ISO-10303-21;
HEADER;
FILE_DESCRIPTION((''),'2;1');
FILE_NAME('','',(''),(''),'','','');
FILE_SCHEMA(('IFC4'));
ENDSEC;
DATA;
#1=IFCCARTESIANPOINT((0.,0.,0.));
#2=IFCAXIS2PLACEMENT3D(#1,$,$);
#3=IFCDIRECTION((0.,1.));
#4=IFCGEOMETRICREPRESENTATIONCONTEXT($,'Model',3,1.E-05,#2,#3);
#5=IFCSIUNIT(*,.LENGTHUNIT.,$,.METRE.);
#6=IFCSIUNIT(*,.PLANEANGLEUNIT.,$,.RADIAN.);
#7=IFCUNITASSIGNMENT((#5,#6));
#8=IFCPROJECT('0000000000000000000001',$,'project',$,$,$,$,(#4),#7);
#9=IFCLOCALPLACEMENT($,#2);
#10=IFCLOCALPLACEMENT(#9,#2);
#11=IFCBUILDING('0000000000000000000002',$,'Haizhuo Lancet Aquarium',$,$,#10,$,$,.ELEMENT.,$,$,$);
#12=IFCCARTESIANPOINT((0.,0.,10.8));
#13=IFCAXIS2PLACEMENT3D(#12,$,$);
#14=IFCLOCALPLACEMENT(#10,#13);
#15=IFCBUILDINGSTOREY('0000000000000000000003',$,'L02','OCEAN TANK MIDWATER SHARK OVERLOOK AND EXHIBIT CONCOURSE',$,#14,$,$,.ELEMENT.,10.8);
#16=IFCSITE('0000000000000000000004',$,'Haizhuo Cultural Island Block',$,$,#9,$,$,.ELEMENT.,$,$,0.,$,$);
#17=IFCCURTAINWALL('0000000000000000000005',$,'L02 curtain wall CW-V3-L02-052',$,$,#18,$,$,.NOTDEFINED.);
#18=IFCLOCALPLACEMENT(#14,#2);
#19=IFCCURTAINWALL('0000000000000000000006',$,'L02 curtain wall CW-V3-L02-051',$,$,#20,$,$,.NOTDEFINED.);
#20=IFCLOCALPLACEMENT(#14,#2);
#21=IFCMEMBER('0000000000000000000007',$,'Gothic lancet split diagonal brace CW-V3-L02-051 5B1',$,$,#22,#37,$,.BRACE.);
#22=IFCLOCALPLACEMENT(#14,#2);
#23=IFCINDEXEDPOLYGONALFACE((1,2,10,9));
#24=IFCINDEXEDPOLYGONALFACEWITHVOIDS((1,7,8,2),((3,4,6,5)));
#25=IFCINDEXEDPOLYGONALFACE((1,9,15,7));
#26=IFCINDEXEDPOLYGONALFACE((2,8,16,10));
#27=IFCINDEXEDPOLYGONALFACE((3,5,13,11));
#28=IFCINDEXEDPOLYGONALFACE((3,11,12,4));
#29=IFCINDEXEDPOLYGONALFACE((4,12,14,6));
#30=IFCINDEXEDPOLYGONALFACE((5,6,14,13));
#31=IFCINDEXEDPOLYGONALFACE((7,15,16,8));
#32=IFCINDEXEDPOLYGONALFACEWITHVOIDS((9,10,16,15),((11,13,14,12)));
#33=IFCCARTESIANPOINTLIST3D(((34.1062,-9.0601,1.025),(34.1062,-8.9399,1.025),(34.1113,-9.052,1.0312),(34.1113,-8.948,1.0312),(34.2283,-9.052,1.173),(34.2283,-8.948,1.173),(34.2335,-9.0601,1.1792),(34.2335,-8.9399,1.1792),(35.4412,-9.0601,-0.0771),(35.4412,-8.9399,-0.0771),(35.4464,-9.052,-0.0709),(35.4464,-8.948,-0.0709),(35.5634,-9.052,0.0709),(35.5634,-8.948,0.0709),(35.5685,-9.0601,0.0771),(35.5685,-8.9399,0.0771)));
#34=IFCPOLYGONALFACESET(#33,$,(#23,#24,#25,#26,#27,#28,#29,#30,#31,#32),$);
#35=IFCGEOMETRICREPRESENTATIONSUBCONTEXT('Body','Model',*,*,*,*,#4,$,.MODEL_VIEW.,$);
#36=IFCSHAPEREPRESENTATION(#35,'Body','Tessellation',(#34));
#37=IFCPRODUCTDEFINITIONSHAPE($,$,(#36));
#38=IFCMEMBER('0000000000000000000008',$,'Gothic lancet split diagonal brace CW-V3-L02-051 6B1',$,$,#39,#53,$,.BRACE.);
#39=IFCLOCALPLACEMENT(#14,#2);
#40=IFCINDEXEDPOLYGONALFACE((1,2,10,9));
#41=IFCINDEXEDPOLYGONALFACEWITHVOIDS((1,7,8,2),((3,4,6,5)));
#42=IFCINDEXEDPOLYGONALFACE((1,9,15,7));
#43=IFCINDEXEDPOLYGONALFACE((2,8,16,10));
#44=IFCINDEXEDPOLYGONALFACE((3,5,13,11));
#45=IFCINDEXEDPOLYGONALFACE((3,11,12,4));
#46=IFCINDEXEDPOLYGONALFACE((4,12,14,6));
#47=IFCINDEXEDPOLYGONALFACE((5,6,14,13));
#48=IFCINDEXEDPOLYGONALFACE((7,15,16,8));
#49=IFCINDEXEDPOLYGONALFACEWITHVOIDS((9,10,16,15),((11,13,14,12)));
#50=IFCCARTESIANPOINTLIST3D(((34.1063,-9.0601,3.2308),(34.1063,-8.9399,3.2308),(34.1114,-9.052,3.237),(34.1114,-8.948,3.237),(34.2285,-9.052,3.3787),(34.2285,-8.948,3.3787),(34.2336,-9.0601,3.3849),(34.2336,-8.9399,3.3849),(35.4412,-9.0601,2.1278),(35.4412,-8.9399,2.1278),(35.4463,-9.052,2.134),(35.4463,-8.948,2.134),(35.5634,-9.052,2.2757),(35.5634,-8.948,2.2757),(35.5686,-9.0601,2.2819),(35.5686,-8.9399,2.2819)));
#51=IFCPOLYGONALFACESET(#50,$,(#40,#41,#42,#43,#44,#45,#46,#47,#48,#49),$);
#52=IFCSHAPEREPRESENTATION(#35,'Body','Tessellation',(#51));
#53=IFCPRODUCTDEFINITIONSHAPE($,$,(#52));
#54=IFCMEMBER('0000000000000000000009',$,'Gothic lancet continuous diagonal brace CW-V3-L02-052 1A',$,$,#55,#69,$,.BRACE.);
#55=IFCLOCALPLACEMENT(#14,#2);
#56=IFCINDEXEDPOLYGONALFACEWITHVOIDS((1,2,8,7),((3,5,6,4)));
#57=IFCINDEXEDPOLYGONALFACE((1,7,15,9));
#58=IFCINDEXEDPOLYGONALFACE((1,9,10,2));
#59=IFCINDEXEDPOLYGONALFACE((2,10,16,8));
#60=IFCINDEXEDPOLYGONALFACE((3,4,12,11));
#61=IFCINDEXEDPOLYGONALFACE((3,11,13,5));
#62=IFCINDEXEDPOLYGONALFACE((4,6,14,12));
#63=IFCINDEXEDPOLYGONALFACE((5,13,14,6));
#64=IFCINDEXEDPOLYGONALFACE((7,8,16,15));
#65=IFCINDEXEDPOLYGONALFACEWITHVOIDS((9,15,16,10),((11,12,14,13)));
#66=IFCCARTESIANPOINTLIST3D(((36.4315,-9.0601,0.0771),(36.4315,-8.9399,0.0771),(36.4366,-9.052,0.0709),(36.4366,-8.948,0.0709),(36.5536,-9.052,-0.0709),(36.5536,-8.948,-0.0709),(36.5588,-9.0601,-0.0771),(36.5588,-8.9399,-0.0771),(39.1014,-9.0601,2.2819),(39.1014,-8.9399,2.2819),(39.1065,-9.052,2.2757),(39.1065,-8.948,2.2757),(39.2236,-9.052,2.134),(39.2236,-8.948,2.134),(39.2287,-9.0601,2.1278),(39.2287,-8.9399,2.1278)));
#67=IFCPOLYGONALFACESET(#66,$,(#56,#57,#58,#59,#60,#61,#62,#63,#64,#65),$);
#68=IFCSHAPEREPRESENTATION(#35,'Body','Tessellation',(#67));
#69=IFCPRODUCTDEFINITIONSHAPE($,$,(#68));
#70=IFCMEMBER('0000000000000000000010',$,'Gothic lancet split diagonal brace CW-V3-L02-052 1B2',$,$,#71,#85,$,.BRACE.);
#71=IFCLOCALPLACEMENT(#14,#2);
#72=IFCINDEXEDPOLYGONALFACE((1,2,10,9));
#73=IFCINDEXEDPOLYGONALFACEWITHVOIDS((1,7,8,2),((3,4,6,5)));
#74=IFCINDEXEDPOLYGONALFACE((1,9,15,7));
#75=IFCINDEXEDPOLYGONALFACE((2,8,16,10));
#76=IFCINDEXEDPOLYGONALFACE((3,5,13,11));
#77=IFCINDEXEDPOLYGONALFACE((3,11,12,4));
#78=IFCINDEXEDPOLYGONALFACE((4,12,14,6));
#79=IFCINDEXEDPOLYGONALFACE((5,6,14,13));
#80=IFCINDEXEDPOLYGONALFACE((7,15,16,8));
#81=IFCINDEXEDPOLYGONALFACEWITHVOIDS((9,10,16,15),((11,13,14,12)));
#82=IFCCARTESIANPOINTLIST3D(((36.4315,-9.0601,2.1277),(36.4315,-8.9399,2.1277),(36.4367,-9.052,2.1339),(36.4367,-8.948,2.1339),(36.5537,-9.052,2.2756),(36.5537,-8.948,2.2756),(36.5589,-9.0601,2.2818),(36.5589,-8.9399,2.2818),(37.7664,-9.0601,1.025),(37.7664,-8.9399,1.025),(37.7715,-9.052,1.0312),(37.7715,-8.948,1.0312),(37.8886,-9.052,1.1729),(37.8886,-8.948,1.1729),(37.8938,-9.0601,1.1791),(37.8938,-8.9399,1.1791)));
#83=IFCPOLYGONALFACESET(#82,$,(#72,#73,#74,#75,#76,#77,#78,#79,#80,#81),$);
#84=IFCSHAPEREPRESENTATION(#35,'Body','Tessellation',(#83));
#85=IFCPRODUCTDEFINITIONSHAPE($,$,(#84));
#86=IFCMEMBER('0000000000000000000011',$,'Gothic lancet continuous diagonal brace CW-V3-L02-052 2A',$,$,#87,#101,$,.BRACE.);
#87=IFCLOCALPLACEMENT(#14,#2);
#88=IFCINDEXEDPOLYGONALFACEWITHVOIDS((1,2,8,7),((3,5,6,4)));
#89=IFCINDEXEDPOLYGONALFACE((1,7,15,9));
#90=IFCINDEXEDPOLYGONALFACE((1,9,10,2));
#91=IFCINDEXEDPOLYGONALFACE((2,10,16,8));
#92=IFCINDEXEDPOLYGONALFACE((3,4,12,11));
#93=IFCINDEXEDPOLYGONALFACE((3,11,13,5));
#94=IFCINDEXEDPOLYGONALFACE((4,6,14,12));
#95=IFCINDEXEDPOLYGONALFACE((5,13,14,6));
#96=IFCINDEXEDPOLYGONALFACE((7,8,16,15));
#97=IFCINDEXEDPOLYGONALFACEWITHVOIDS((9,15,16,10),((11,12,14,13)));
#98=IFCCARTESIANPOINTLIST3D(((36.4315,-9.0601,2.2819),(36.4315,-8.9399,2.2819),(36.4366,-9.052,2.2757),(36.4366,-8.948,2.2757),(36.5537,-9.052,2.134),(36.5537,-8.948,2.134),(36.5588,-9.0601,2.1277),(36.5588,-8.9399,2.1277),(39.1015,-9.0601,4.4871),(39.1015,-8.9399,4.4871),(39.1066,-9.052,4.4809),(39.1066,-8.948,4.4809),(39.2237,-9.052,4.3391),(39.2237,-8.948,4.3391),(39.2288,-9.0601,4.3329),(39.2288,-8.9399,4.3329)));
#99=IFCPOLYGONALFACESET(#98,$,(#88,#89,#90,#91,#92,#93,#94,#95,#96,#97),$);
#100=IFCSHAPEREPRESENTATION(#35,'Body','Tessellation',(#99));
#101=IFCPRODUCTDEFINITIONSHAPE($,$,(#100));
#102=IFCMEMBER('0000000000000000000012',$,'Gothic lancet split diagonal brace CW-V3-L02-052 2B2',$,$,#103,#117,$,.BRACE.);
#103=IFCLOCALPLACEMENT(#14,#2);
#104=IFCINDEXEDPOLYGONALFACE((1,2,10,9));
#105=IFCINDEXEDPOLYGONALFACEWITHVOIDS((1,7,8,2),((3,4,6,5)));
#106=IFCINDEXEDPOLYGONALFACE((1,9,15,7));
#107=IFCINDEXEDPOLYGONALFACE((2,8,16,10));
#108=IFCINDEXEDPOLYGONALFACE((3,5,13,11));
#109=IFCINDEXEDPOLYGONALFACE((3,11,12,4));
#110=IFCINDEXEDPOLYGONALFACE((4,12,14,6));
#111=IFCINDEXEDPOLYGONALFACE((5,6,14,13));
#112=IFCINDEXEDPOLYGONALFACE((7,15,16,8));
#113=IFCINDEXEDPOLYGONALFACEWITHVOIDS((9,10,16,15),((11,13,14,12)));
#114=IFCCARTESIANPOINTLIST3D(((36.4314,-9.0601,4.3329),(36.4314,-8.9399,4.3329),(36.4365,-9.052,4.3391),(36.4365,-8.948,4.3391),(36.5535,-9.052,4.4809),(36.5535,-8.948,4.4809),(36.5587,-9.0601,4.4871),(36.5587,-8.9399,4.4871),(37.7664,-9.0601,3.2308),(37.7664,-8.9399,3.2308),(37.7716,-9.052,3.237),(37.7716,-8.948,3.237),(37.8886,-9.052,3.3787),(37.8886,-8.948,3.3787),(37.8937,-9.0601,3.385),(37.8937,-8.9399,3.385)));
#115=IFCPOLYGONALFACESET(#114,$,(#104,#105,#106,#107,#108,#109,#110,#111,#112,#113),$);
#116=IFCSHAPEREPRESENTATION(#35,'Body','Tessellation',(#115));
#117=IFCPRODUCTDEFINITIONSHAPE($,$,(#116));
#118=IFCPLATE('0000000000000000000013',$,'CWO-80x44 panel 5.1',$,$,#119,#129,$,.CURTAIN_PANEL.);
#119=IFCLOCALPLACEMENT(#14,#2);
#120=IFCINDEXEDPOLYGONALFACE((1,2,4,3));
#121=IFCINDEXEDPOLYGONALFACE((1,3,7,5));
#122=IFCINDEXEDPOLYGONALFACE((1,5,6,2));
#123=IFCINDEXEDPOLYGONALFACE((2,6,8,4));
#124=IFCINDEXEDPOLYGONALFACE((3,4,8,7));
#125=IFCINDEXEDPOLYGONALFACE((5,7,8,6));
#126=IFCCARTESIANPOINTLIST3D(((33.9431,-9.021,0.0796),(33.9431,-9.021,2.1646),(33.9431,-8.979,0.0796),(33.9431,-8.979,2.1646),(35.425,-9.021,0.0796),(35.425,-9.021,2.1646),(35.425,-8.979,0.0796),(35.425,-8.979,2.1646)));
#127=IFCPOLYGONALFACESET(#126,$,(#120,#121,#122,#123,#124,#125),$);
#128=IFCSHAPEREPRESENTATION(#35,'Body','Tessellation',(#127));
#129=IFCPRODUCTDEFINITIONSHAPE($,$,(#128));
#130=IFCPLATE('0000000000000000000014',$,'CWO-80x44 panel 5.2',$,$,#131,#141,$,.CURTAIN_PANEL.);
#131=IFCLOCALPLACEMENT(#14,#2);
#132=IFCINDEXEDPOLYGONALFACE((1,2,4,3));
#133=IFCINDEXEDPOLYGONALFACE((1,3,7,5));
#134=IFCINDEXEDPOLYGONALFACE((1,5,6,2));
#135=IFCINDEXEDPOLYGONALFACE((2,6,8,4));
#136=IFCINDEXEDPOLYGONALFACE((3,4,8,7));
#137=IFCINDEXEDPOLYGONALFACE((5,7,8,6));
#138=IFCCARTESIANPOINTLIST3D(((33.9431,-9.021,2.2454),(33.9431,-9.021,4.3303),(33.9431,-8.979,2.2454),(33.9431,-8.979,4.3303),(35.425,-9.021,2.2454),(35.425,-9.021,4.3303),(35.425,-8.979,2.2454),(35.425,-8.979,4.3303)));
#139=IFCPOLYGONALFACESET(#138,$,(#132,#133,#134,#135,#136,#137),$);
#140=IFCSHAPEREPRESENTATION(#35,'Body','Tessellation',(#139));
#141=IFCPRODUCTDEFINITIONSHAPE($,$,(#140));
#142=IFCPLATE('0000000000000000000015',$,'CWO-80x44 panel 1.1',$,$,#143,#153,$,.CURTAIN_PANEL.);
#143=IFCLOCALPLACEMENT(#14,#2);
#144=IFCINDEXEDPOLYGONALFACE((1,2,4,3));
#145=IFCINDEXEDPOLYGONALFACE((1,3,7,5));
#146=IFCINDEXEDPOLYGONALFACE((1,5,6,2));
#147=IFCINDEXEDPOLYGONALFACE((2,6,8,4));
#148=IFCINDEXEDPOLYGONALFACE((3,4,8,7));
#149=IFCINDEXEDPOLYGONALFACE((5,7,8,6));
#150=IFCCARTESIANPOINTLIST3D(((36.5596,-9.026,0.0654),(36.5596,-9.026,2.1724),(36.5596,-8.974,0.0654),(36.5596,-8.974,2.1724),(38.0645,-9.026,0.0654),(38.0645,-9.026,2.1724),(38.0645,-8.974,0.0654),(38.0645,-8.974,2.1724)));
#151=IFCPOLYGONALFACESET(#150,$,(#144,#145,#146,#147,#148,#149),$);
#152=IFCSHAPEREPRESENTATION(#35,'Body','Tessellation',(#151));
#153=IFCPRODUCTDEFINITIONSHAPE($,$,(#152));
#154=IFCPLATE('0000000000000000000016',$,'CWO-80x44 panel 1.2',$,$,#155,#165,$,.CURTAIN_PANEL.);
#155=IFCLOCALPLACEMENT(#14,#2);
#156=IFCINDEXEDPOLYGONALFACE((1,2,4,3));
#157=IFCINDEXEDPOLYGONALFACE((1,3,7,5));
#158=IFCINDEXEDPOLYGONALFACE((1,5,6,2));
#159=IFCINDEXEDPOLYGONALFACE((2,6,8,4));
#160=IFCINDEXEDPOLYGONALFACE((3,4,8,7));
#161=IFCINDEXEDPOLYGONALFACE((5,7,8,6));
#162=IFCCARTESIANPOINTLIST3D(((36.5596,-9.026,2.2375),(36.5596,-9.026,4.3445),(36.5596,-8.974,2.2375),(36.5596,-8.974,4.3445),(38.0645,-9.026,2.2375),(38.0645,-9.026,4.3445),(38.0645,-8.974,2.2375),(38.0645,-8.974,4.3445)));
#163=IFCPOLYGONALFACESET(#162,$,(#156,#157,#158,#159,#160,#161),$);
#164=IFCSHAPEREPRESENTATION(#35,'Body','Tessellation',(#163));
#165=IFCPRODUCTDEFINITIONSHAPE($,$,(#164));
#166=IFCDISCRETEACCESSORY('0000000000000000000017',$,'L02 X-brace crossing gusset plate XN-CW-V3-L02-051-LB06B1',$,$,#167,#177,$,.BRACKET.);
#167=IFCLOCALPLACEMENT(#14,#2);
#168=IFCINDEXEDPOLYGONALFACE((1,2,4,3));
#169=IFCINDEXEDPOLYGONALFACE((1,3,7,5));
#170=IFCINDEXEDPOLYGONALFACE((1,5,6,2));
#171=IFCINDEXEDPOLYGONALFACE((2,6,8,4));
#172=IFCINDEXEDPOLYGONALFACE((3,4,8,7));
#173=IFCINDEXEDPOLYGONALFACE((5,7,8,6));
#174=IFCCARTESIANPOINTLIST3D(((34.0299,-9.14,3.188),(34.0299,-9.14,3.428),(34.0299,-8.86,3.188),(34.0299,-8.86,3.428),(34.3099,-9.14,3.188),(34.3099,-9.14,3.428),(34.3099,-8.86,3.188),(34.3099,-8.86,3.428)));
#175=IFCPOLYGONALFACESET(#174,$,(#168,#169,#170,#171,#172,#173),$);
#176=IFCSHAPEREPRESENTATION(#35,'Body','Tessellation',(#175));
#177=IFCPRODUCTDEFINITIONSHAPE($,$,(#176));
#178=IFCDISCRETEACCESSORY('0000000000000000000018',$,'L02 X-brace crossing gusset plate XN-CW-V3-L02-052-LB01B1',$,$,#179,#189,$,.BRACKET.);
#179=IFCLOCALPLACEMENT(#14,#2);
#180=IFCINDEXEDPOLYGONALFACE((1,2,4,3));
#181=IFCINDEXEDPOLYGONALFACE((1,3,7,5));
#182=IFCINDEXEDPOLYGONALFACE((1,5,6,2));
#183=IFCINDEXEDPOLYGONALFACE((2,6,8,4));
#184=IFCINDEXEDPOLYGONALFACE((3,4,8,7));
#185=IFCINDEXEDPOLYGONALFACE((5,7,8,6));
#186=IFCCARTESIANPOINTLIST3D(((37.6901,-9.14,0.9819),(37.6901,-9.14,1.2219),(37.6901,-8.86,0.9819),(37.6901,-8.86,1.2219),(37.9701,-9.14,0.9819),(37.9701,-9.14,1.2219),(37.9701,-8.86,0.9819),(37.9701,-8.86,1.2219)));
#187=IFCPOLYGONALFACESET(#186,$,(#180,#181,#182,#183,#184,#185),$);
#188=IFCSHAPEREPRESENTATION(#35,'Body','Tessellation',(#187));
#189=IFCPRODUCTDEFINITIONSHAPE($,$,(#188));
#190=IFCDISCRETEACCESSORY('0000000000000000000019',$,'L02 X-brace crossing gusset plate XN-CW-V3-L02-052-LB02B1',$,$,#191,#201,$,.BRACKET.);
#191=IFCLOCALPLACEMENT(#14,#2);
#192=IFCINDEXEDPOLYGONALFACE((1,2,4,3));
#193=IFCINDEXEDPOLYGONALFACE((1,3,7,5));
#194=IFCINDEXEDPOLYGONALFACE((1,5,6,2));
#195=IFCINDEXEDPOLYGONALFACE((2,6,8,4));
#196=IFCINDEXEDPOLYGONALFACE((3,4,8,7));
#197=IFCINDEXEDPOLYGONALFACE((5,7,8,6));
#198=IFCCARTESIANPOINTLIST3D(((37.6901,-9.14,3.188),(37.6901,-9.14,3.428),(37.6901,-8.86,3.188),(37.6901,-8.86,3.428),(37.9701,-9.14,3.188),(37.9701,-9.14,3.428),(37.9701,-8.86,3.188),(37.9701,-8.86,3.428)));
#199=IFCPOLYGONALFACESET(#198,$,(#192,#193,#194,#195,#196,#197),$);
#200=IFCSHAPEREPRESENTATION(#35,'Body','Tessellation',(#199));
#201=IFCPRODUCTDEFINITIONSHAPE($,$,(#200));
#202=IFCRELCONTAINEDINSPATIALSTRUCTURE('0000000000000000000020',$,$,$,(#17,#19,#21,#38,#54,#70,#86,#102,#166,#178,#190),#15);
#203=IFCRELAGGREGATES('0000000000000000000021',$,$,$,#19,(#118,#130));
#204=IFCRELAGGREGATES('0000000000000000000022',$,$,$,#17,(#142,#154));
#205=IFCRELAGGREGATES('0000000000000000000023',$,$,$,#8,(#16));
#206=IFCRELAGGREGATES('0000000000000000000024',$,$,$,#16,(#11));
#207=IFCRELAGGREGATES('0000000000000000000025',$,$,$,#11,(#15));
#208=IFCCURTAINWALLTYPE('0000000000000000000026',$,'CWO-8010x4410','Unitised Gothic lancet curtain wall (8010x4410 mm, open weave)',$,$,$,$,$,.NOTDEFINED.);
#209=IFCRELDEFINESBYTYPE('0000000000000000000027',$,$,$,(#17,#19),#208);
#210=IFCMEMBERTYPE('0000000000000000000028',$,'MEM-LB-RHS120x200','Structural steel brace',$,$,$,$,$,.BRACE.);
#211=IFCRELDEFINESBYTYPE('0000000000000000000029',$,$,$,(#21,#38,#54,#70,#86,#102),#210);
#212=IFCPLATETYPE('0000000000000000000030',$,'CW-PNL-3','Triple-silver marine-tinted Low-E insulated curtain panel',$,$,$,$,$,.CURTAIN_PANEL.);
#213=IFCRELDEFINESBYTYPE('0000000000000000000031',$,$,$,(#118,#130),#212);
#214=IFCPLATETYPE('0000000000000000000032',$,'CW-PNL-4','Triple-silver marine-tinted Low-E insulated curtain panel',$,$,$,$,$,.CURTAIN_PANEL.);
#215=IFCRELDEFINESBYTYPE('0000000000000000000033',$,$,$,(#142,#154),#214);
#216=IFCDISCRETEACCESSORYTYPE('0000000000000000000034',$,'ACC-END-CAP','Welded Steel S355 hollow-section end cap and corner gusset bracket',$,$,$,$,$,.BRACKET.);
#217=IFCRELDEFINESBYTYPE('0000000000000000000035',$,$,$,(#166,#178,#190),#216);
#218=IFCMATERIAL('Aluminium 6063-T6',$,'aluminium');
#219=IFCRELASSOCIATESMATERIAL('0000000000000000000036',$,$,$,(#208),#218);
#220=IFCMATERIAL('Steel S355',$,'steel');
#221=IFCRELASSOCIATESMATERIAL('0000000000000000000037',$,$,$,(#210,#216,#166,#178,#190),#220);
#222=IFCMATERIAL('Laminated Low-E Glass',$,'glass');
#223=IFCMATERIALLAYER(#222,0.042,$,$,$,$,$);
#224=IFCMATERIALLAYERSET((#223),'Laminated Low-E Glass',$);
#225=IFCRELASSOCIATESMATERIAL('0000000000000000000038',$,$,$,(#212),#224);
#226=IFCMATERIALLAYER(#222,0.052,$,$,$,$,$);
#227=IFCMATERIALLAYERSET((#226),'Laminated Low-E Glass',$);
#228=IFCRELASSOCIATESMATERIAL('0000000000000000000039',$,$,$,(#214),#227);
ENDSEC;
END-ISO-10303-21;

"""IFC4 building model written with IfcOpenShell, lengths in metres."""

from ifc_helpers import new_model, si_unit, direction, frame, origin, origin_2d, place, context, subcontext, project, spatial, rectangle, hollow_rectangle, extrude, material, layer, layer_set, material_profile, profile_set, type_object, element, aggregate, save


model = new_model("IFC4")

# Units and contexts
model_context = context("Model", 3, precision=1e-05, world=origin(), true_north=direction((0.0, 1.0)))
body_context = subcontext(model_context, "Body", "Model", "MODEL_VIEW")
ifc_project = project(units=[si_unit("LENGTHUNIT", "METRE"), si_unit("PLANEANGLEUNIT", "RADIAN")], contexts=[model_context])

# Site, building, storey
site_placement = place(None, origin())
site = spatial("IfcSite", under=ifc_project, at=site_placement, Name="Haizhuo Cultural Island Block", CompositionType="ELEMENT", RefElevation=0.0)
building_placement = place(site_placement, origin())
building = spatial("IfcBuilding", under=site, at=building_placement, Name="Haizhuo Lancet Aquarium", CompositionType="ELEMENT")
storey_placement = place(building_placement, frame((0.0, 0.0, 10.8)))
storey = spatial("IfcBuildingStorey", under=building, at=storey_placement, Name="L02", Description="OCEAN TANK MIDWATER SHARK OVERLOOK AND EXHIBIT CONCOURSE", CompositionType="ELEMENT", Elevation=10.8)

# Curtain wall
ifc_material_1 = material(Name="Aluminium 6063-T6", Category="aluminium")
curtain_wall_type = type_object("IfcCurtainWallType", Name="CWO-8010x4410", Description="Unitised Gothic lancet curtain wall (8010x4410 mm, open weave)", PredefinedType="NOTDEFINED", material=ifc_material_1)
curtain_wall_1_placement = place(storey_placement, origin())
curtain_wall_1 = element("IfcCurtainWall", 1, at=curtain_wall_1_placement, inside=storey, type_object=curtain_wall_type, Name="L02 curtain wall CW-V3-L02-052", PredefinedType="NOTDEFINED")

# Curtain wall
curtain_wall_2_placement = place(storey_placement, origin())
curtain_wall_2 = element("IfcCurtainWall", 2, at=curtain_wall_2_placement, inside=storey, type_object=curtain_wall_type, Name="L02 curtain wall CW-V3-L02-051", PredefinedType="NOTDEFINED")

# Members
ifc_material_2 = material(Name="Steel S355", Category="steel")
ifc_material_profile_1 = material_profile(ifc_material_2, hollow_rectangle(XDim=0.1201, YDim=0.2, WallThickness=0.0081, at=origin_2d()), Name="RHS 120x200x8")
ifc_profile_set_1 = profile_set([ifc_material_profile_1], Name="Steel S355")
member_type_1 = type_object("IfcMemberType", Name="MEM-LB-RHS120x200", Description="Structural steel brace", PredefinedType="BRACE", material=ifc_profile_set_1)
member_1_placement = place(storey_placement, frame((35.5049, -9.0, 0.0), z_axis=(-0.771172, 0.0, 0.636626), x_axis=(0.0, -1.0, 0.0)))
element("IfcMember", 3, at=member_1_placement, inside=storey, type_object=member_type_1, Name="Gothic lancet split diagonal brace CW-V3-L02-051 5B1", PredefinedType="BRACE", context=body_context, shape_type="SweptSolid", body=[
    extrude(hollow_rectangle(XDim=0.1201, YDim=0.2, WallThickness=0.0081, at=origin_2d()), origin(), (0.0, 0.0, 1.0), 1.7312),
])
member_2_placement = place(storey_placement, frame((35.5049, -9.0, 2.2048), z_axis=(-0.770896, 0.0, 0.636962), x_axis=(0.0, -1.0, 0.0)))
element("IfcMember", 4, at=member_2_placement, inside=storey, type_object=member_type_1, Name="Gothic lancet split diagonal brace CW-V3-L02-051 6B1", PredefinedType="BRACE", context=body_context, shape_type="SweptSolid", body=[
    extrude(hollow_rectangle(XDim=0.1201, YDim=0.2, WallThickness=0.0081, at=origin_2d()), origin(), (0.0, 0.0, 1.0), 1.7317),
])
member_3_placement = place(storey_placement, frame((36.4951, -9.0, 0.0), z_axis=(0.771069, 0.0, 0.636752), x_axis=(0.0, 1.0, 0.0)))
element("IfcMember", 5, at=member_3_placement, inside=storey, type_object=member_type_1, Name="Gothic lancet continuous diagonal brace CW-V3-L02-052 1A", PredefinedType="BRACE", context=body_context, shape_type="SweptSolid", body=[
    extrude(hollow_rectangle(XDim=0.1201, YDim=0.2, WallThickness=0.0081, at=origin_2d()), origin(), (0.0, 0.0, 1.0), 3.4626),
])
member_4_placement = place(storey_placement, frame((37.8301, -9.0, 1.1021), z_axis=(-0.770965, 0.0, 0.636878), x_axis=(0.0, -1.0, 0.0)))
element("IfcMember", 6, at=member_4_placement, inside=storey, type_object=member_type_1, Name="Gothic lancet split diagonal brace CW-V3-L02-052 1B2", PredefinedType="BRACE", context=body_context, shape_type="SweptSolid", body=[
    extrude(hollow_rectangle(XDim=0.1201, YDim=0.2, WallThickness=0.0081, at=origin_2d()), origin(), (0.0, 0.0, 1.0), 1.7314),
])
member_5_placement = place(storey_placement, frame((36.4951, -9.0, 2.2048), z_axis=(0.771034, 0.0, 0.636794), x_axis=(0.0, 1.0, 0.0)))
element("IfcMember", 7, at=member_5_placement, inside=storey, type_object=member_type_1, Name="Gothic lancet continuous diagonal brace CW-V3-L02-052 2A", PredefinedType="BRACE", context=body_context, shape_type="SweptSolid", body=[
    extrude(hollow_rectangle(XDim=0.1201, YDim=0.2, WallThickness=0.0081, at=origin_2d()), origin(), (0.0, 0.0, 1.0), 3.4629),
])
member_6_placement = place(storey_placement, frame((37.8301, -9.0, 3.3079), z_axis=(-0.771172, 0.0, 0.636626), x_axis=(0.0, -1.0, 0.0)))
element("IfcMember", 8, at=member_6_placement, inside=storey, type_object=member_type_1, Name="Gothic lancet split diagonal brace CW-V3-L02-052 2B2", PredefinedType="BRACE", context=body_context, shape_type="SweptSolid", body=[
    extrude(hollow_rectangle(XDim=0.1201, YDim=0.2, WallThickness=0.0081, at=origin_2d()), origin(), (0.0, 0.0, 1.0), 1.7312),
])

# Plates
ifc_material_3 = material(Name="Laminated Low-E Glass", Category="glass")
ifc_layer_1 = layer(ifc_material_3, 0.042)
ifc_layer_set_1 = layer_set([ifc_layer_1], Name="Laminated Low-E Glass")
plate_type_1 = type_object("IfcPlateType", Name="CW-PNL-3", Description="Triple-silver marine-tinted Low-E insulated curtain panel", PredefinedType="CURTAIN_PANEL", material=ifc_layer_set_1)
plate_1_placement = place(storey_placement, frame((34.6841, -9.0, 0.0796), z_axis=(0.0, 0.0, 1.0), x_axis=(1.0, 0.0, 0.0)))
plate_1 = element("IfcPlate", 9, at=plate_1_placement, type_object=plate_type_1, Name="CWO-80x44 panel 5.1", PredefinedType="CURTAIN_PANEL", context=body_context, shape_type="SweptSolid", body=[
    extrude(rectangle(XDim=1.4819, YDim=0.042, at=origin_2d()), origin(), (0.0, 0.0, 1.0), 2.085),
])
plate_2_placement = place(storey_placement, frame((34.6841, -9.0, 2.2454), z_axis=(0.0, 0.0, 1.0), x_axis=(1.0, 0.0, 0.0)))
plate_2 = element("IfcPlate", 10, at=plate_2_placement, type_object=plate_type_1, Name="CWO-80x44 panel 5.2", PredefinedType="CURTAIN_PANEL", context=body_context, shape_type="SweptSolid", body=[
    extrude(rectangle(XDim=1.4819, YDim=0.042, at=origin_2d()), origin(), (0.0, 0.0, 1.0), 2.085),
])
aggregate(curtain_wall_2, [plate_1, plate_2])
ifc_layer_2 = layer(ifc_material_3, 0.052)
ifc_layer_set_2 = layer_set([ifc_layer_2], Name="Laminated Low-E Glass")
plate_type_2 = type_object("IfcPlateType", Name="CW-PNL-4", Description="Triple-silver marine-tinted Low-E insulated curtain panel", PredefinedType="CURTAIN_PANEL", material=ifc_layer_set_2)
plate_3_placement = place(storey_placement, frame((37.312, -9.0, 0.0654), z_axis=(0.0, 0.0, 1.0), x_axis=(1.0, 0.0, 0.0)))
plate_3 = element("IfcPlate", 11, at=plate_3_placement, type_object=plate_type_2, Name="CWO-80x44 panel 1.1", PredefinedType="CURTAIN_PANEL", context=body_context, shape_type="SweptSolid", body=[
    extrude(rectangle(XDim=1.5049, YDim=0.052, at=origin_2d()), origin(), (0.0, 0.0, 1.0), 2.1069),
])
plate_4_placement = place(storey_placement, frame((37.312, -9.0, 2.2375), z_axis=(0.0, 0.0, 1.0), x_axis=(1.0, 0.0, 0.0)))
plate_4 = element("IfcPlate", 12, at=plate_4_placement, type_object=plate_type_2, Name="CWO-80x44 panel 1.2", PredefinedType="CURTAIN_PANEL", context=body_context, shape_type="SweptSolid", body=[
    extrude(rectangle(XDim=1.5049, YDim=0.052, at=origin_2d()), origin(), (0.0, 0.0, 1.0), 2.1069),
])
aggregate(curtain_wall_1, [plate_3, plate_4])

# Discrete accessories
discrete_accessory_type = type_object("IfcDiscreteAccessoryType", Name="ACC-END-CAP", Description="Welded Steel S355 hollow-section end cap and corner gusset bracket", PredefinedType="BRACKET", material=ifc_material_2)
for number, where, z_axis, x_axis, name in (
    (13, (34.1699, -9.0, 3.188), (0.0, 0.0, 1.0), (1.0, 0.0, 0.0), "L02 X-brace crossing gusset plate XN-CW-V3-L02-051-LB06B1"),
    (14, (37.8301, -9.0, 0.9819), (0.0, 0.0, 1.0), (1.0, 0.0, 0.0), "L02 X-brace crossing gusset plate XN-CW-V3-L02-052-LB01B1"),
    (15, (37.8301, -9.0, 3.188), (0.0, 0.0, 1.0), (1.0, 0.0, 0.0), "L02 X-brace crossing gusset plate XN-CW-V3-L02-052-LB02B1"),
):
    element("IfcDiscreteAccessory", number, at=place(storey_placement, frame(where, z_axis=z_axis, x_axis=x_axis)), inside=storey, type_object=discrete_accessory_type, material=ifc_material_2, Name=name, PredefinedType="BRACKET", context=body_context, shape_type="SweptSolid", body=[
        extrude(rectangle(XDim=0.28, YDim=0.28, at=origin_2d()), origin(), (0.0, 0.0, 1.0), 0.24),
    ])

save(model, "model.ifc")
